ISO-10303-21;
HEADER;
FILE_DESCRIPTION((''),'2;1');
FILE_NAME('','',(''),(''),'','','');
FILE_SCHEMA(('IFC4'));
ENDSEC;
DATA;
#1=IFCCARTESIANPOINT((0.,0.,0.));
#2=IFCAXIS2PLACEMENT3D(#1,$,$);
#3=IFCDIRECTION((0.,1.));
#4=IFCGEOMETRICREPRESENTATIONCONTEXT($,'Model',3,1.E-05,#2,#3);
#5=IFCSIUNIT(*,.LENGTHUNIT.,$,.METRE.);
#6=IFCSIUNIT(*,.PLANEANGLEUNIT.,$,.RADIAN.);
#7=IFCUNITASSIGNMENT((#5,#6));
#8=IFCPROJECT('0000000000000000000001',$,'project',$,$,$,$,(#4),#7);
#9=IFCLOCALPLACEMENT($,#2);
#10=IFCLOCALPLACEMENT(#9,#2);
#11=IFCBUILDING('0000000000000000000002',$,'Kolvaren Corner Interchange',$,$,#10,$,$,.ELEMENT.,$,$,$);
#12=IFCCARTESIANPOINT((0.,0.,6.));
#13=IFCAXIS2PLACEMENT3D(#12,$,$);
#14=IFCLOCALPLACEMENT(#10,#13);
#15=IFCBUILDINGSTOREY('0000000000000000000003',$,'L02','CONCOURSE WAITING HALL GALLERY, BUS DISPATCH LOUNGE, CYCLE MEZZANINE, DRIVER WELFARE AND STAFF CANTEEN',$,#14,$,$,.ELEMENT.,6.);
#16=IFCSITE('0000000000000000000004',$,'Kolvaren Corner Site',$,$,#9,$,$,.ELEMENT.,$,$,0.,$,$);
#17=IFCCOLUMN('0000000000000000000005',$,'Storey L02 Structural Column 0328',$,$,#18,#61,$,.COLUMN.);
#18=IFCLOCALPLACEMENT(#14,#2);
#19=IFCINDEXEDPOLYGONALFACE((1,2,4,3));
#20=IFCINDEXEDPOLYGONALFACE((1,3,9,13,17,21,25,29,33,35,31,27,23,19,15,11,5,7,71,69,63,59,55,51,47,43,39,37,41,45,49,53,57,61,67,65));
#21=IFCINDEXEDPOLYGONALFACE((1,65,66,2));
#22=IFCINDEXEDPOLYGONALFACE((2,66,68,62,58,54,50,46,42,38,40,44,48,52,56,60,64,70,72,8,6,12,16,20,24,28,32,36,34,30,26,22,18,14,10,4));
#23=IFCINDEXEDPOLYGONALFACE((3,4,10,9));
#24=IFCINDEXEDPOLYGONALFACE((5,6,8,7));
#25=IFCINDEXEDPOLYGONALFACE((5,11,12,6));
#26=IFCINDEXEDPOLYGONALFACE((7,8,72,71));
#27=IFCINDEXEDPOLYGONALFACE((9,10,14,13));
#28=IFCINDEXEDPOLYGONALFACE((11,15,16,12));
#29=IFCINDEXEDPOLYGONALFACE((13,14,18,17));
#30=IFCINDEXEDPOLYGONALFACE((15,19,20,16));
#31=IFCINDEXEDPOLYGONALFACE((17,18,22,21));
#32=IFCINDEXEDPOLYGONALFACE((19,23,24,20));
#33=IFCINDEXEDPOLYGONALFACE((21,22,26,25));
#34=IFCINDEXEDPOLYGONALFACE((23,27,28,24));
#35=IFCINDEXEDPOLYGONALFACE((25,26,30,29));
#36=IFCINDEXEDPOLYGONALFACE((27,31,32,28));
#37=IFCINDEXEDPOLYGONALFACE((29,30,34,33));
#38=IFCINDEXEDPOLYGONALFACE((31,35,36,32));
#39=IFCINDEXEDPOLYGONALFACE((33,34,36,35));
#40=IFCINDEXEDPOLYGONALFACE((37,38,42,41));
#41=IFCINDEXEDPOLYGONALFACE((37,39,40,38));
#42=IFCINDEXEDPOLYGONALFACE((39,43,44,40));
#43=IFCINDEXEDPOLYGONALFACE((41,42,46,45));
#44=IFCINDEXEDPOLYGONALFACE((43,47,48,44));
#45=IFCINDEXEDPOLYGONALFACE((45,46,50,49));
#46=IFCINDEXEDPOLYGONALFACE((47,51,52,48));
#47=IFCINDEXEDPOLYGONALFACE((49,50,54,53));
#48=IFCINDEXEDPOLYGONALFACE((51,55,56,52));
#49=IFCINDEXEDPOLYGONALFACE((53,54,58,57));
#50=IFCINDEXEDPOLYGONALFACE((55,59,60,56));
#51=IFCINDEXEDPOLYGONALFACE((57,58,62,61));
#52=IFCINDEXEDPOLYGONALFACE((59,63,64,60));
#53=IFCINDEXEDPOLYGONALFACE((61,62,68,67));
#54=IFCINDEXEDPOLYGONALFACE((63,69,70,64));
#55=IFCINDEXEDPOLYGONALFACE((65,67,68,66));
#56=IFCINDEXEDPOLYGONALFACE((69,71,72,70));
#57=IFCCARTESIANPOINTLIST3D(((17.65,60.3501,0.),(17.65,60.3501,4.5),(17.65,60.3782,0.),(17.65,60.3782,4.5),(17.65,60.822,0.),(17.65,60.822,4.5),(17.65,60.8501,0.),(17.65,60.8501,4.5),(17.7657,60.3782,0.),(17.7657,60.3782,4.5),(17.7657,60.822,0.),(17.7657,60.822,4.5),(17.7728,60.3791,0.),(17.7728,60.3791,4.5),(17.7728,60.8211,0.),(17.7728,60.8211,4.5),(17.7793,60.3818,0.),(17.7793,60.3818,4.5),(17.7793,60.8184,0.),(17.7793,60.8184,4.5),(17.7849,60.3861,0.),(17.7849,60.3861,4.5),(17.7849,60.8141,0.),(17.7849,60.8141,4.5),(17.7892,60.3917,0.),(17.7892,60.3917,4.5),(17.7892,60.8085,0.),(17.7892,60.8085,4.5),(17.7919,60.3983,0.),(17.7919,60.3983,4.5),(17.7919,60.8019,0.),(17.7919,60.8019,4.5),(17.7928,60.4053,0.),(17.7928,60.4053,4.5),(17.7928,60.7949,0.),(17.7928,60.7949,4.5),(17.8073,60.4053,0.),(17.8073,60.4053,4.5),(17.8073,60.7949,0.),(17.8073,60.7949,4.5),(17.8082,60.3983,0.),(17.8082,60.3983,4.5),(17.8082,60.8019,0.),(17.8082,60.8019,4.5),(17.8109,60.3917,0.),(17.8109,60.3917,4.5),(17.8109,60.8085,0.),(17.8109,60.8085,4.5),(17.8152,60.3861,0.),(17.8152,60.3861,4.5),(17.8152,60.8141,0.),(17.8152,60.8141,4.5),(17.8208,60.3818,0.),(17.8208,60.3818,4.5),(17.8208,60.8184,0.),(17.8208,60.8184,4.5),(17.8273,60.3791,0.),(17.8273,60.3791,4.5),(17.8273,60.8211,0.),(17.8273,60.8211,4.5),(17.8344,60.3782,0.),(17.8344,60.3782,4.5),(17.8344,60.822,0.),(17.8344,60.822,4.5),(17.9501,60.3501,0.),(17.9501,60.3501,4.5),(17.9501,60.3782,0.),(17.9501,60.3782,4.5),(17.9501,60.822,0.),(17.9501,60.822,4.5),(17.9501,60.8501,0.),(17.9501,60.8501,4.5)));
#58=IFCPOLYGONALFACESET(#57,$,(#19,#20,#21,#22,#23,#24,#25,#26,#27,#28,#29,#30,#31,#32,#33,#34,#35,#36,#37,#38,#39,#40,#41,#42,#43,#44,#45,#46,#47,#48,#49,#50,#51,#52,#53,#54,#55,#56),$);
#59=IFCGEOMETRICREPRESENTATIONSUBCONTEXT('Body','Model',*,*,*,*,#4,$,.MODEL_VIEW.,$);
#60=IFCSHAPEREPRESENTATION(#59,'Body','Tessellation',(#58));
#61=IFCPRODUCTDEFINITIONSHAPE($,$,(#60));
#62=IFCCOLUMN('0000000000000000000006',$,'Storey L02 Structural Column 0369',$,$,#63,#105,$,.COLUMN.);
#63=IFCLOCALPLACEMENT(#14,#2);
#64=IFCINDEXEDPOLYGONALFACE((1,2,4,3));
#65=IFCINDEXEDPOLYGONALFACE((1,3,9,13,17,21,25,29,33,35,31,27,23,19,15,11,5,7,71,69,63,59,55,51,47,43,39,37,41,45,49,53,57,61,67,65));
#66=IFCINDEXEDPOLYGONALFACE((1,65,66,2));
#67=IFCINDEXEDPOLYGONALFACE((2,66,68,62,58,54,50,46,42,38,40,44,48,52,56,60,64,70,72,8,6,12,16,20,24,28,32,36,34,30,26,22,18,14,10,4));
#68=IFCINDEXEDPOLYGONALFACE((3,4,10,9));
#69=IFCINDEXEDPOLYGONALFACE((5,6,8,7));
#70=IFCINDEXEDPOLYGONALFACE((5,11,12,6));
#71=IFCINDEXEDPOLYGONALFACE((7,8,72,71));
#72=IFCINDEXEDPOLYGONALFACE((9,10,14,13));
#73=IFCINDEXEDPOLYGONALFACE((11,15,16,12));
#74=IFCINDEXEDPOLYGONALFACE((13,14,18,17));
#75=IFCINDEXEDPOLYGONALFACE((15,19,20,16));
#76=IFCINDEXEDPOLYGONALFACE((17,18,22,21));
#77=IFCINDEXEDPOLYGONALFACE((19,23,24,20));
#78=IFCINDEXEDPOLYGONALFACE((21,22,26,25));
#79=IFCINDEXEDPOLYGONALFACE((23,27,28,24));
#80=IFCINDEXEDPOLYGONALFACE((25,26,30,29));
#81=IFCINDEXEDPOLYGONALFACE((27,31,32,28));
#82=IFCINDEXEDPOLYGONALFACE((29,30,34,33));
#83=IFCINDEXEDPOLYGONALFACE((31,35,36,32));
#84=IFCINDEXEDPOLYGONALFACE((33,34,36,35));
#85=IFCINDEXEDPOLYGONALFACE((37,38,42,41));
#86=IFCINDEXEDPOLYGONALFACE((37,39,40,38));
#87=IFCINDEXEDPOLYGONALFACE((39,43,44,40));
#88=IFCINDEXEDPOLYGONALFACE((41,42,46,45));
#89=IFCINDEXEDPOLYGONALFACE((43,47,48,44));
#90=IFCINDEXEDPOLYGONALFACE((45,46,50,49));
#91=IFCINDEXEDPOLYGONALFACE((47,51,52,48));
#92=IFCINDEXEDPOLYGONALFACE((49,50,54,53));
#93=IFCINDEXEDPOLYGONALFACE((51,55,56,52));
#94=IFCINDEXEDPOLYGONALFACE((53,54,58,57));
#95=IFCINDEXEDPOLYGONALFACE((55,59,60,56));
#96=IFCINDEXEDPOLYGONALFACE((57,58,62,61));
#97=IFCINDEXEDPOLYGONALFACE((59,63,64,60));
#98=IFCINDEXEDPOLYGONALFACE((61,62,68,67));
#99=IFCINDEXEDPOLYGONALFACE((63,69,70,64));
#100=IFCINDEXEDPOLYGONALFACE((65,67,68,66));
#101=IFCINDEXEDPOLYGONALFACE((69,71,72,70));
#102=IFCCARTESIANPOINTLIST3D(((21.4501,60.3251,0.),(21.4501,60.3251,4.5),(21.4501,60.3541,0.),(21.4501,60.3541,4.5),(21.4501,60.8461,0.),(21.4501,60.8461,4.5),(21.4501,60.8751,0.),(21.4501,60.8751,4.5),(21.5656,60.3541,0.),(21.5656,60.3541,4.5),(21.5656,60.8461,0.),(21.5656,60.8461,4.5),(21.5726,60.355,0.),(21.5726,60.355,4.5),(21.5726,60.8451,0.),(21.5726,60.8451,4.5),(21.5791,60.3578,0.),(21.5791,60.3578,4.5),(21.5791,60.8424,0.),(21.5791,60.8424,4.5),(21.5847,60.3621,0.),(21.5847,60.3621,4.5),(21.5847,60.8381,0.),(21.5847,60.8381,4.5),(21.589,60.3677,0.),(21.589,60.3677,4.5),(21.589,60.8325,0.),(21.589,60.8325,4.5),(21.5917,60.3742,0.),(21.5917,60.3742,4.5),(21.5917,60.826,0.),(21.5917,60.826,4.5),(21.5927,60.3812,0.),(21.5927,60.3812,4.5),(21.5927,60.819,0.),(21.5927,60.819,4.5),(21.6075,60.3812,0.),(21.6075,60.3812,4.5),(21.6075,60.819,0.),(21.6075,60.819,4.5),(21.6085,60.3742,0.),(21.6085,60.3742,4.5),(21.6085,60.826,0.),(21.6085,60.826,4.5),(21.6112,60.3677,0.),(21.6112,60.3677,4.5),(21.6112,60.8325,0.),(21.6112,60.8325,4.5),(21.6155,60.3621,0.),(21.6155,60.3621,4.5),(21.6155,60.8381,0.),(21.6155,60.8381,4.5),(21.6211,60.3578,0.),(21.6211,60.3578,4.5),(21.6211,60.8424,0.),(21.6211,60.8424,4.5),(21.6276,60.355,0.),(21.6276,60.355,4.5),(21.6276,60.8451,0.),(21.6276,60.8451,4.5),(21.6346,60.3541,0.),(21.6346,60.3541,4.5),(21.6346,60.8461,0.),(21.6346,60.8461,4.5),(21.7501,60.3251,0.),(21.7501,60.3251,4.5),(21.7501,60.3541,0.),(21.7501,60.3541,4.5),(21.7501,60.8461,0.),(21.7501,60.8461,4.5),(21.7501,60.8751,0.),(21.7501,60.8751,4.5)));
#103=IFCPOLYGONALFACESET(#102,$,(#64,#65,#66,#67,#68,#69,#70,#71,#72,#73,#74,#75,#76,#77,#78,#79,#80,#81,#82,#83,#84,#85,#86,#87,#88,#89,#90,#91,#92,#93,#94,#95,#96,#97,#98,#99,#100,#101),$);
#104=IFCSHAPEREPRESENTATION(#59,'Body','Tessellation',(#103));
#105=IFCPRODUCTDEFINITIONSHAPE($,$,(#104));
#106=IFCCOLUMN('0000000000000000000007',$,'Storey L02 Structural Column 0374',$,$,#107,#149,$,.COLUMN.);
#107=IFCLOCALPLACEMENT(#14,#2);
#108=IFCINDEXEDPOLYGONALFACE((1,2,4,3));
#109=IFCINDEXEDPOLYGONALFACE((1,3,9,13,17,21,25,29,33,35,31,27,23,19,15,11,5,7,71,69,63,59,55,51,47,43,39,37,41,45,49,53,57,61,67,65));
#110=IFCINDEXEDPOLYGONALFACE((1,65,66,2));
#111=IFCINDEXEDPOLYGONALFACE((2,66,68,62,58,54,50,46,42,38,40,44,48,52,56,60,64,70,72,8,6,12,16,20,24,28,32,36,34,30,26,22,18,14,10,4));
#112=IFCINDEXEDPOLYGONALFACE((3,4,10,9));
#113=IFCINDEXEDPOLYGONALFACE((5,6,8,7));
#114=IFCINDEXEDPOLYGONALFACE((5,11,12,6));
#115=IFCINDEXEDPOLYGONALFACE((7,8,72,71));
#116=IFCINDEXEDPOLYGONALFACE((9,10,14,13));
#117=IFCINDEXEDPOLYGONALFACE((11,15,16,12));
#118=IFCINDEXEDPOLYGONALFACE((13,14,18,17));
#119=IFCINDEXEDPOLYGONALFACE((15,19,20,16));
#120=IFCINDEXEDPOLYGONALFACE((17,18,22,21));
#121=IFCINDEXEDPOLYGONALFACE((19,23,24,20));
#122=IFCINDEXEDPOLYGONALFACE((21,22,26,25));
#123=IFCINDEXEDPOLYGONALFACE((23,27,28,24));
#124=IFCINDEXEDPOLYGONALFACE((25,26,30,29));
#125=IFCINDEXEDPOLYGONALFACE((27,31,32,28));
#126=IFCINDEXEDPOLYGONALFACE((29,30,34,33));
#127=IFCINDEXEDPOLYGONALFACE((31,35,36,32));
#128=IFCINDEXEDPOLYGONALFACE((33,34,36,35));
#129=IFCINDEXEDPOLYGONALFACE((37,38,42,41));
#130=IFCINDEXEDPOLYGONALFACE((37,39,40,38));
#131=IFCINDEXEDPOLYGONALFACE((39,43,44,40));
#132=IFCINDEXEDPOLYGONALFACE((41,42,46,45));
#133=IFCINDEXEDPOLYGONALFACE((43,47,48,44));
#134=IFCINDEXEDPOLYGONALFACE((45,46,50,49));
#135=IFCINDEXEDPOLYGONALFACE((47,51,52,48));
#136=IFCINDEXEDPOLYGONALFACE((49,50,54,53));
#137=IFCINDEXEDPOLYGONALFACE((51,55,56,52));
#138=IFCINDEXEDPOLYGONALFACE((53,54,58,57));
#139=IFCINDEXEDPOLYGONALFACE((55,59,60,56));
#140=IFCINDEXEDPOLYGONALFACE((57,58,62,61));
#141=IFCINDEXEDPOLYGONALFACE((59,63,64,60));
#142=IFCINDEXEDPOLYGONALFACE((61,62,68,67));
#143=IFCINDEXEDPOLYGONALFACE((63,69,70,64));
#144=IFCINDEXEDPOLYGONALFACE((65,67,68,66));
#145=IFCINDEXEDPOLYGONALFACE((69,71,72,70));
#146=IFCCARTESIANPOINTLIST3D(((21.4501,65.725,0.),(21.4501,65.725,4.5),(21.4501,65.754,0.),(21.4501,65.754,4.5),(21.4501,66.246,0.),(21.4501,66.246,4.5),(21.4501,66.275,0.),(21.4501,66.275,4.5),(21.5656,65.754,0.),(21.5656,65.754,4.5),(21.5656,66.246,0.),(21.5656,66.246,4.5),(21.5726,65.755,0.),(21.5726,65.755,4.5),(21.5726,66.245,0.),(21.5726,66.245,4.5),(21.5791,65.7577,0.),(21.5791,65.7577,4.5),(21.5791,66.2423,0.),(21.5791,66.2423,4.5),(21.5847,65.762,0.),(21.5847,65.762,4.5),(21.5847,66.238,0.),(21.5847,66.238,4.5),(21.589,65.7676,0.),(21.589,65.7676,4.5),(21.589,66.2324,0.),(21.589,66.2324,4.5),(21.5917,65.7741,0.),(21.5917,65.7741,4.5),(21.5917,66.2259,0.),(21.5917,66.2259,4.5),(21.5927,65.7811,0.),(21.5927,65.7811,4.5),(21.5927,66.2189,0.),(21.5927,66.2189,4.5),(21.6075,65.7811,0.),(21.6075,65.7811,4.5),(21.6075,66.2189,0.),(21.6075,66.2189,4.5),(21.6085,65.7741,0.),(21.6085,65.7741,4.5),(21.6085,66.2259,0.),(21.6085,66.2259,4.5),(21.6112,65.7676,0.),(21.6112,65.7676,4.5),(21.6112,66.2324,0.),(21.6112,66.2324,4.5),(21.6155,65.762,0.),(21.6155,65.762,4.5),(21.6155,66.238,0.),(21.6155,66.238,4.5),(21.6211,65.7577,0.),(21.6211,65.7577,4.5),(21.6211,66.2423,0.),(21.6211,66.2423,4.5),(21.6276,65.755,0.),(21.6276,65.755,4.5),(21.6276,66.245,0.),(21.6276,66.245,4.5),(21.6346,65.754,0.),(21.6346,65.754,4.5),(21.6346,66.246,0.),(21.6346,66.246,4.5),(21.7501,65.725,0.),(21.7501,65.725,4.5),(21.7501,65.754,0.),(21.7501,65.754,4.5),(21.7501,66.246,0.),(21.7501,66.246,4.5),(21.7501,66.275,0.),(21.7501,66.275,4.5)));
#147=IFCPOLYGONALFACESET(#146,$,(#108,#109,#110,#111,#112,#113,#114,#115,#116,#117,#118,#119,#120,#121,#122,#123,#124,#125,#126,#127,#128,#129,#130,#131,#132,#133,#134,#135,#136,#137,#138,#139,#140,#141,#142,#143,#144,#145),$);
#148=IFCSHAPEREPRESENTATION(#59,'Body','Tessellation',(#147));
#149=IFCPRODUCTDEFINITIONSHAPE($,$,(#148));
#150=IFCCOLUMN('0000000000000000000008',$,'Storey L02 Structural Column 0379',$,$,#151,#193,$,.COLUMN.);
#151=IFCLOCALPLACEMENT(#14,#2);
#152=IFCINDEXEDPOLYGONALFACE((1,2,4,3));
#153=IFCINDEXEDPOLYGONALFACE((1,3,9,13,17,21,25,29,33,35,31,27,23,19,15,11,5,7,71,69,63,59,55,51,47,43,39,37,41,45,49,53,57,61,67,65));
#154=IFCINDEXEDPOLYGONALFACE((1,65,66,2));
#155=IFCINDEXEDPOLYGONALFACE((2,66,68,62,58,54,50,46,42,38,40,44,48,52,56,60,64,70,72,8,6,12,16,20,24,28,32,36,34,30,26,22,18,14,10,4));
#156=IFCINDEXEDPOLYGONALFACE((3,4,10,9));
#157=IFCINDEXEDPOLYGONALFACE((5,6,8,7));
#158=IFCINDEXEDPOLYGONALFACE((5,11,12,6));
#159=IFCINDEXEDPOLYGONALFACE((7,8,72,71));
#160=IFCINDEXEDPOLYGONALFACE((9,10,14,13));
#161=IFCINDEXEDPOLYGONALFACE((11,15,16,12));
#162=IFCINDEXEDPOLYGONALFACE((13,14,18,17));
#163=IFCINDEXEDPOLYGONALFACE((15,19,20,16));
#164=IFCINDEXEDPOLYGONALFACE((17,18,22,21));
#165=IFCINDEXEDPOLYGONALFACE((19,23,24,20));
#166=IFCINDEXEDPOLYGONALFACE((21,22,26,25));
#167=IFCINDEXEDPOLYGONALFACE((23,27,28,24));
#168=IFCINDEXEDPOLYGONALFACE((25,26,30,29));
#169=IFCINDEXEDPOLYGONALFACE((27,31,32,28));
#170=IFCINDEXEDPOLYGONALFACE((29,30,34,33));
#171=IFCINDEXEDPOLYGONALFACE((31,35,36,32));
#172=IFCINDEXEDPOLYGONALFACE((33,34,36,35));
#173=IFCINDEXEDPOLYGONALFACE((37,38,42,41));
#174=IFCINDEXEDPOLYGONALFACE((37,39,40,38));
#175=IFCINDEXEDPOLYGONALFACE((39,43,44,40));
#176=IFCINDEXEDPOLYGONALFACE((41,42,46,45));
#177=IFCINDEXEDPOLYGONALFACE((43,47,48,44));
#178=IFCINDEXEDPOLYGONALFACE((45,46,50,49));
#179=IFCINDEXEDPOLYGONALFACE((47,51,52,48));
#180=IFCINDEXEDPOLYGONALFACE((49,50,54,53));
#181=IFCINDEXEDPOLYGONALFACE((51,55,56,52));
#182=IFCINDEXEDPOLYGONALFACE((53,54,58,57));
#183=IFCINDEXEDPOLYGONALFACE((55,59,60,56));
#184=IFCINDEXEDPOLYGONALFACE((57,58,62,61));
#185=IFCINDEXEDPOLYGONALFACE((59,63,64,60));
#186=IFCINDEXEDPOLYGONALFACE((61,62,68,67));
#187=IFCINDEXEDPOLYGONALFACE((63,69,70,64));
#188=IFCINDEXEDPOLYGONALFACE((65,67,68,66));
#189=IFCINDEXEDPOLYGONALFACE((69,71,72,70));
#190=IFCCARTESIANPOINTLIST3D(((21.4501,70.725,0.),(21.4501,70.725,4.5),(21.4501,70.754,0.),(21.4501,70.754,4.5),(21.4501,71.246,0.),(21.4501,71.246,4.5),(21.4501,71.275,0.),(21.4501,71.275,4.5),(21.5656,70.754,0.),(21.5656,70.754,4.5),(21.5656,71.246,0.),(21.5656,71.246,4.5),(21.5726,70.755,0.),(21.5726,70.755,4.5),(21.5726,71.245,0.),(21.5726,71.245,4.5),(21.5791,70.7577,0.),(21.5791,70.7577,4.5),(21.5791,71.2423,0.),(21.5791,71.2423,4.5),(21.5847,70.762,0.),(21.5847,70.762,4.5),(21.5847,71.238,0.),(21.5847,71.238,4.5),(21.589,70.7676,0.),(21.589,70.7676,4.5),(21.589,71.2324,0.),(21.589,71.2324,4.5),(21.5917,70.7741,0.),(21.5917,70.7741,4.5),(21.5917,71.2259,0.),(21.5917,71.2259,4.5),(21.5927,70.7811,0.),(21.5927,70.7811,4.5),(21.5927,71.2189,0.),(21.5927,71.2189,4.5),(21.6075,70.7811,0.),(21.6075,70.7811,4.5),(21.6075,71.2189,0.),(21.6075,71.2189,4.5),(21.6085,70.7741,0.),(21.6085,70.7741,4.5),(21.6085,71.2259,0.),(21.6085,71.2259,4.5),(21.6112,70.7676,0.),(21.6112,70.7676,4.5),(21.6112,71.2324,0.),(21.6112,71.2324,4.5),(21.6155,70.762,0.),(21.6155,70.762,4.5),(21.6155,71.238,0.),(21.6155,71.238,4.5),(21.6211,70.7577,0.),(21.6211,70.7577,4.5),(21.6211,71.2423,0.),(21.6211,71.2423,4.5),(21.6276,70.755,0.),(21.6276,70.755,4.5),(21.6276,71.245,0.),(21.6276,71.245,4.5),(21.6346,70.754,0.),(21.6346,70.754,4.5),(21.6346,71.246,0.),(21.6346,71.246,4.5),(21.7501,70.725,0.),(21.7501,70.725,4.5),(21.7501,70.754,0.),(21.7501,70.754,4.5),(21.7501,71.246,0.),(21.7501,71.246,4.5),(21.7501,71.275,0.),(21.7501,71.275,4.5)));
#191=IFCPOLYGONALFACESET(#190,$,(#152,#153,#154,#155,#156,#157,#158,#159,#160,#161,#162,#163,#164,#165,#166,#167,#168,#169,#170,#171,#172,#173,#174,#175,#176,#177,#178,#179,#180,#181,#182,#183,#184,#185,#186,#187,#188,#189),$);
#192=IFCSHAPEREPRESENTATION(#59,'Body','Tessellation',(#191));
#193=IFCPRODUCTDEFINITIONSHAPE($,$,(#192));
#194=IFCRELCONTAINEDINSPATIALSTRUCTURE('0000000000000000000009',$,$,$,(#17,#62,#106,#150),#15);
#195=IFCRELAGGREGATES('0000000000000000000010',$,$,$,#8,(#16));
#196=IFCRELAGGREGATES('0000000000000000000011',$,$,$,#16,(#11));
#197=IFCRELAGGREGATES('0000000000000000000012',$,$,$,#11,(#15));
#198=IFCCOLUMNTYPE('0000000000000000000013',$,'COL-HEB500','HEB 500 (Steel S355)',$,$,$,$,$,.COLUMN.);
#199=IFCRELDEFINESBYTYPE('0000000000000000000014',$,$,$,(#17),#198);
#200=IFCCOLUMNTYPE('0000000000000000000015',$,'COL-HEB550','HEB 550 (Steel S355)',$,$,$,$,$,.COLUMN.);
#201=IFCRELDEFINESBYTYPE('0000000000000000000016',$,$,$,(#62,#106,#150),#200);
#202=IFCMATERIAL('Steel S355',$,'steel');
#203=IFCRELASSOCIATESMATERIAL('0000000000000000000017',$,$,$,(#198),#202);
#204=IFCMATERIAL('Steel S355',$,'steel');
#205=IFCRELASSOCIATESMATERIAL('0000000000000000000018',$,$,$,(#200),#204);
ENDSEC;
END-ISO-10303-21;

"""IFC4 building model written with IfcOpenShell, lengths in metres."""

from ifc_helpers import new_model, si_unit, direction, frame, origin, origin_2d, place, context, subcontext, project, spatial, i_section, extrude, material, material_profile, profile_set, type_object, element, save


model = new_model("IFC4")

# Units and contexts
model_context = context("Model", 3, precision=1e-05, world=origin(), true_north=direction((0.0, 1.0)))
body_context = subcontext(model_context, "Body", "Model", "MODEL_VIEW")
ifc_project = project(units=[si_unit("LENGTHUNIT", "METRE"), si_unit("PLANEANGLEUNIT", "RADIAN")], contexts=[model_context])

# Site, building, storey
site_placement = place(None, origin())
site = spatial("IfcSite", under=ifc_project, at=site_placement, Name="Kolvaren Corner Site", CompositionType="ELEMENT", RefElevation=0.0)
building_placement = place(site_placement, origin())
building = spatial("IfcBuilding", under=site, at=building_placement, Name="Kolvaren Corner Interchange", CompositionType="ELEMENT")
storey_placement = place(building_placement, frame((0.0, 0.0, 6.0)))
storey = spatial("IfcBuildingStorey", under=building, at=storey_placement, Name="L02", Description="CONCOURSE WAITING HALL GALLERY, BUS DISPATCH LOUNGE, CYCLE MEZZANINE, DRIVER WELFARE AND STAFF CANTEEN", CompositionType="ELEMENT", Elevation=6.0)

# Columns
ifc_material_1 = material(Name="Steel S355", Category="steel")
ifc_material_profile_1 = material_profile(ifc_material_1, i_section(OverallWidth=0.3, OverallDepth=0.5, WebThickness=0.0144, FlangeThickness=0.0281, FilletRadius=0.0271, at=origin_2d()), Name="HEB 500")
ifc_profile_set_1 = profile_set([ifc_material_profile_1], Name="Steel S355")
column_type_1 = type_object("IfcColumnType", Name="COL-HEB500", Description="HEB 500 (Steel S355)", PredefinedType="COLUMN", material=ifc_profile_set_1)
column_placement = place(storey_placement, frame((17.8, 60.6001, 0.0), z_axis=(0.0, 0.0, 1.0), x_axis=(1.0, 0.0, 0.0)))
element("IfcColumn", 1, at=column_placement, inside=storey, type_object=column_type_1, Name="Storey L02 Structural Column 0328", PredefinedType="COLUMN", context=body_context, shape_type="SweptSolid", body=[
    extrude(i_section(OverallWidth=0.3, OverallDepth=0.5, WebThickness=0.0144, FlangeThickness=0.0281, FilletRadius=0.0271, at=origin_2d()), origin(), (0.0, 0.0, 1.0), 4.5),
])
ifc_material_2 = material(Name="Steel S355", Category="steel")
ifc_material_profile_2 = material_profile(ifc_material_2, i_section(OverallWidth=0.3, OverallDepth=0.55, WebThickness=0.0149, FlangeThickness=0.0291, FilletRadius=0.0271, at=origin_2d()), Name="HEB 550")
ifc_profile_set_2 = profile_set([ifc_material_profile_2], Name="Steel S355")
column_type_2 = type_object("IfcColumnType", Name="COL-HEB550", Description="HEB 550 (Steel S355)", PredefinedType="COLUMN", material=ifc_profile_set_2)
for number, where, z_axis, x_axis, name in (
    (2, (21.6001, 60.6001, 0.0), (0.0, 0.0, 1.0), (1.0, 0.0, 0.0), "Storey L02 Structural Column 0369"),
    (3, (21.6001, 66.0, 0.0), (0.0, 0.0, 1.0), (1.0, 0.0, 0.0), "Storey L02 Structural Column 0374"),
    (4, (21.6001, 71.0, 0.0), (0.0, 0.0, 1.0), (1.0, 0.0, 0.0), "Storey L02 Structural Column 0379"),
):
    element("IfcColumn", number, at=place(storey_placement, frame(where, z_axis=z_axis, x_axis=x_axis)), inside=storey, type_object=column_type_2, Name=name, PredefinedType="COLUMN", context=body_context, shape_type="SweptSolid", body=[
        extrude(i_section(OverallWidth=0.3, OverallDepth=0.55, WebThickness=0.0149, FlangeThickness=0.0291, FilletRadius=0.0271, at=origin_2d()), origin(), (0.0, 0.0, 1.0), 4.5),
    ])

save(model, "model.ifc")
